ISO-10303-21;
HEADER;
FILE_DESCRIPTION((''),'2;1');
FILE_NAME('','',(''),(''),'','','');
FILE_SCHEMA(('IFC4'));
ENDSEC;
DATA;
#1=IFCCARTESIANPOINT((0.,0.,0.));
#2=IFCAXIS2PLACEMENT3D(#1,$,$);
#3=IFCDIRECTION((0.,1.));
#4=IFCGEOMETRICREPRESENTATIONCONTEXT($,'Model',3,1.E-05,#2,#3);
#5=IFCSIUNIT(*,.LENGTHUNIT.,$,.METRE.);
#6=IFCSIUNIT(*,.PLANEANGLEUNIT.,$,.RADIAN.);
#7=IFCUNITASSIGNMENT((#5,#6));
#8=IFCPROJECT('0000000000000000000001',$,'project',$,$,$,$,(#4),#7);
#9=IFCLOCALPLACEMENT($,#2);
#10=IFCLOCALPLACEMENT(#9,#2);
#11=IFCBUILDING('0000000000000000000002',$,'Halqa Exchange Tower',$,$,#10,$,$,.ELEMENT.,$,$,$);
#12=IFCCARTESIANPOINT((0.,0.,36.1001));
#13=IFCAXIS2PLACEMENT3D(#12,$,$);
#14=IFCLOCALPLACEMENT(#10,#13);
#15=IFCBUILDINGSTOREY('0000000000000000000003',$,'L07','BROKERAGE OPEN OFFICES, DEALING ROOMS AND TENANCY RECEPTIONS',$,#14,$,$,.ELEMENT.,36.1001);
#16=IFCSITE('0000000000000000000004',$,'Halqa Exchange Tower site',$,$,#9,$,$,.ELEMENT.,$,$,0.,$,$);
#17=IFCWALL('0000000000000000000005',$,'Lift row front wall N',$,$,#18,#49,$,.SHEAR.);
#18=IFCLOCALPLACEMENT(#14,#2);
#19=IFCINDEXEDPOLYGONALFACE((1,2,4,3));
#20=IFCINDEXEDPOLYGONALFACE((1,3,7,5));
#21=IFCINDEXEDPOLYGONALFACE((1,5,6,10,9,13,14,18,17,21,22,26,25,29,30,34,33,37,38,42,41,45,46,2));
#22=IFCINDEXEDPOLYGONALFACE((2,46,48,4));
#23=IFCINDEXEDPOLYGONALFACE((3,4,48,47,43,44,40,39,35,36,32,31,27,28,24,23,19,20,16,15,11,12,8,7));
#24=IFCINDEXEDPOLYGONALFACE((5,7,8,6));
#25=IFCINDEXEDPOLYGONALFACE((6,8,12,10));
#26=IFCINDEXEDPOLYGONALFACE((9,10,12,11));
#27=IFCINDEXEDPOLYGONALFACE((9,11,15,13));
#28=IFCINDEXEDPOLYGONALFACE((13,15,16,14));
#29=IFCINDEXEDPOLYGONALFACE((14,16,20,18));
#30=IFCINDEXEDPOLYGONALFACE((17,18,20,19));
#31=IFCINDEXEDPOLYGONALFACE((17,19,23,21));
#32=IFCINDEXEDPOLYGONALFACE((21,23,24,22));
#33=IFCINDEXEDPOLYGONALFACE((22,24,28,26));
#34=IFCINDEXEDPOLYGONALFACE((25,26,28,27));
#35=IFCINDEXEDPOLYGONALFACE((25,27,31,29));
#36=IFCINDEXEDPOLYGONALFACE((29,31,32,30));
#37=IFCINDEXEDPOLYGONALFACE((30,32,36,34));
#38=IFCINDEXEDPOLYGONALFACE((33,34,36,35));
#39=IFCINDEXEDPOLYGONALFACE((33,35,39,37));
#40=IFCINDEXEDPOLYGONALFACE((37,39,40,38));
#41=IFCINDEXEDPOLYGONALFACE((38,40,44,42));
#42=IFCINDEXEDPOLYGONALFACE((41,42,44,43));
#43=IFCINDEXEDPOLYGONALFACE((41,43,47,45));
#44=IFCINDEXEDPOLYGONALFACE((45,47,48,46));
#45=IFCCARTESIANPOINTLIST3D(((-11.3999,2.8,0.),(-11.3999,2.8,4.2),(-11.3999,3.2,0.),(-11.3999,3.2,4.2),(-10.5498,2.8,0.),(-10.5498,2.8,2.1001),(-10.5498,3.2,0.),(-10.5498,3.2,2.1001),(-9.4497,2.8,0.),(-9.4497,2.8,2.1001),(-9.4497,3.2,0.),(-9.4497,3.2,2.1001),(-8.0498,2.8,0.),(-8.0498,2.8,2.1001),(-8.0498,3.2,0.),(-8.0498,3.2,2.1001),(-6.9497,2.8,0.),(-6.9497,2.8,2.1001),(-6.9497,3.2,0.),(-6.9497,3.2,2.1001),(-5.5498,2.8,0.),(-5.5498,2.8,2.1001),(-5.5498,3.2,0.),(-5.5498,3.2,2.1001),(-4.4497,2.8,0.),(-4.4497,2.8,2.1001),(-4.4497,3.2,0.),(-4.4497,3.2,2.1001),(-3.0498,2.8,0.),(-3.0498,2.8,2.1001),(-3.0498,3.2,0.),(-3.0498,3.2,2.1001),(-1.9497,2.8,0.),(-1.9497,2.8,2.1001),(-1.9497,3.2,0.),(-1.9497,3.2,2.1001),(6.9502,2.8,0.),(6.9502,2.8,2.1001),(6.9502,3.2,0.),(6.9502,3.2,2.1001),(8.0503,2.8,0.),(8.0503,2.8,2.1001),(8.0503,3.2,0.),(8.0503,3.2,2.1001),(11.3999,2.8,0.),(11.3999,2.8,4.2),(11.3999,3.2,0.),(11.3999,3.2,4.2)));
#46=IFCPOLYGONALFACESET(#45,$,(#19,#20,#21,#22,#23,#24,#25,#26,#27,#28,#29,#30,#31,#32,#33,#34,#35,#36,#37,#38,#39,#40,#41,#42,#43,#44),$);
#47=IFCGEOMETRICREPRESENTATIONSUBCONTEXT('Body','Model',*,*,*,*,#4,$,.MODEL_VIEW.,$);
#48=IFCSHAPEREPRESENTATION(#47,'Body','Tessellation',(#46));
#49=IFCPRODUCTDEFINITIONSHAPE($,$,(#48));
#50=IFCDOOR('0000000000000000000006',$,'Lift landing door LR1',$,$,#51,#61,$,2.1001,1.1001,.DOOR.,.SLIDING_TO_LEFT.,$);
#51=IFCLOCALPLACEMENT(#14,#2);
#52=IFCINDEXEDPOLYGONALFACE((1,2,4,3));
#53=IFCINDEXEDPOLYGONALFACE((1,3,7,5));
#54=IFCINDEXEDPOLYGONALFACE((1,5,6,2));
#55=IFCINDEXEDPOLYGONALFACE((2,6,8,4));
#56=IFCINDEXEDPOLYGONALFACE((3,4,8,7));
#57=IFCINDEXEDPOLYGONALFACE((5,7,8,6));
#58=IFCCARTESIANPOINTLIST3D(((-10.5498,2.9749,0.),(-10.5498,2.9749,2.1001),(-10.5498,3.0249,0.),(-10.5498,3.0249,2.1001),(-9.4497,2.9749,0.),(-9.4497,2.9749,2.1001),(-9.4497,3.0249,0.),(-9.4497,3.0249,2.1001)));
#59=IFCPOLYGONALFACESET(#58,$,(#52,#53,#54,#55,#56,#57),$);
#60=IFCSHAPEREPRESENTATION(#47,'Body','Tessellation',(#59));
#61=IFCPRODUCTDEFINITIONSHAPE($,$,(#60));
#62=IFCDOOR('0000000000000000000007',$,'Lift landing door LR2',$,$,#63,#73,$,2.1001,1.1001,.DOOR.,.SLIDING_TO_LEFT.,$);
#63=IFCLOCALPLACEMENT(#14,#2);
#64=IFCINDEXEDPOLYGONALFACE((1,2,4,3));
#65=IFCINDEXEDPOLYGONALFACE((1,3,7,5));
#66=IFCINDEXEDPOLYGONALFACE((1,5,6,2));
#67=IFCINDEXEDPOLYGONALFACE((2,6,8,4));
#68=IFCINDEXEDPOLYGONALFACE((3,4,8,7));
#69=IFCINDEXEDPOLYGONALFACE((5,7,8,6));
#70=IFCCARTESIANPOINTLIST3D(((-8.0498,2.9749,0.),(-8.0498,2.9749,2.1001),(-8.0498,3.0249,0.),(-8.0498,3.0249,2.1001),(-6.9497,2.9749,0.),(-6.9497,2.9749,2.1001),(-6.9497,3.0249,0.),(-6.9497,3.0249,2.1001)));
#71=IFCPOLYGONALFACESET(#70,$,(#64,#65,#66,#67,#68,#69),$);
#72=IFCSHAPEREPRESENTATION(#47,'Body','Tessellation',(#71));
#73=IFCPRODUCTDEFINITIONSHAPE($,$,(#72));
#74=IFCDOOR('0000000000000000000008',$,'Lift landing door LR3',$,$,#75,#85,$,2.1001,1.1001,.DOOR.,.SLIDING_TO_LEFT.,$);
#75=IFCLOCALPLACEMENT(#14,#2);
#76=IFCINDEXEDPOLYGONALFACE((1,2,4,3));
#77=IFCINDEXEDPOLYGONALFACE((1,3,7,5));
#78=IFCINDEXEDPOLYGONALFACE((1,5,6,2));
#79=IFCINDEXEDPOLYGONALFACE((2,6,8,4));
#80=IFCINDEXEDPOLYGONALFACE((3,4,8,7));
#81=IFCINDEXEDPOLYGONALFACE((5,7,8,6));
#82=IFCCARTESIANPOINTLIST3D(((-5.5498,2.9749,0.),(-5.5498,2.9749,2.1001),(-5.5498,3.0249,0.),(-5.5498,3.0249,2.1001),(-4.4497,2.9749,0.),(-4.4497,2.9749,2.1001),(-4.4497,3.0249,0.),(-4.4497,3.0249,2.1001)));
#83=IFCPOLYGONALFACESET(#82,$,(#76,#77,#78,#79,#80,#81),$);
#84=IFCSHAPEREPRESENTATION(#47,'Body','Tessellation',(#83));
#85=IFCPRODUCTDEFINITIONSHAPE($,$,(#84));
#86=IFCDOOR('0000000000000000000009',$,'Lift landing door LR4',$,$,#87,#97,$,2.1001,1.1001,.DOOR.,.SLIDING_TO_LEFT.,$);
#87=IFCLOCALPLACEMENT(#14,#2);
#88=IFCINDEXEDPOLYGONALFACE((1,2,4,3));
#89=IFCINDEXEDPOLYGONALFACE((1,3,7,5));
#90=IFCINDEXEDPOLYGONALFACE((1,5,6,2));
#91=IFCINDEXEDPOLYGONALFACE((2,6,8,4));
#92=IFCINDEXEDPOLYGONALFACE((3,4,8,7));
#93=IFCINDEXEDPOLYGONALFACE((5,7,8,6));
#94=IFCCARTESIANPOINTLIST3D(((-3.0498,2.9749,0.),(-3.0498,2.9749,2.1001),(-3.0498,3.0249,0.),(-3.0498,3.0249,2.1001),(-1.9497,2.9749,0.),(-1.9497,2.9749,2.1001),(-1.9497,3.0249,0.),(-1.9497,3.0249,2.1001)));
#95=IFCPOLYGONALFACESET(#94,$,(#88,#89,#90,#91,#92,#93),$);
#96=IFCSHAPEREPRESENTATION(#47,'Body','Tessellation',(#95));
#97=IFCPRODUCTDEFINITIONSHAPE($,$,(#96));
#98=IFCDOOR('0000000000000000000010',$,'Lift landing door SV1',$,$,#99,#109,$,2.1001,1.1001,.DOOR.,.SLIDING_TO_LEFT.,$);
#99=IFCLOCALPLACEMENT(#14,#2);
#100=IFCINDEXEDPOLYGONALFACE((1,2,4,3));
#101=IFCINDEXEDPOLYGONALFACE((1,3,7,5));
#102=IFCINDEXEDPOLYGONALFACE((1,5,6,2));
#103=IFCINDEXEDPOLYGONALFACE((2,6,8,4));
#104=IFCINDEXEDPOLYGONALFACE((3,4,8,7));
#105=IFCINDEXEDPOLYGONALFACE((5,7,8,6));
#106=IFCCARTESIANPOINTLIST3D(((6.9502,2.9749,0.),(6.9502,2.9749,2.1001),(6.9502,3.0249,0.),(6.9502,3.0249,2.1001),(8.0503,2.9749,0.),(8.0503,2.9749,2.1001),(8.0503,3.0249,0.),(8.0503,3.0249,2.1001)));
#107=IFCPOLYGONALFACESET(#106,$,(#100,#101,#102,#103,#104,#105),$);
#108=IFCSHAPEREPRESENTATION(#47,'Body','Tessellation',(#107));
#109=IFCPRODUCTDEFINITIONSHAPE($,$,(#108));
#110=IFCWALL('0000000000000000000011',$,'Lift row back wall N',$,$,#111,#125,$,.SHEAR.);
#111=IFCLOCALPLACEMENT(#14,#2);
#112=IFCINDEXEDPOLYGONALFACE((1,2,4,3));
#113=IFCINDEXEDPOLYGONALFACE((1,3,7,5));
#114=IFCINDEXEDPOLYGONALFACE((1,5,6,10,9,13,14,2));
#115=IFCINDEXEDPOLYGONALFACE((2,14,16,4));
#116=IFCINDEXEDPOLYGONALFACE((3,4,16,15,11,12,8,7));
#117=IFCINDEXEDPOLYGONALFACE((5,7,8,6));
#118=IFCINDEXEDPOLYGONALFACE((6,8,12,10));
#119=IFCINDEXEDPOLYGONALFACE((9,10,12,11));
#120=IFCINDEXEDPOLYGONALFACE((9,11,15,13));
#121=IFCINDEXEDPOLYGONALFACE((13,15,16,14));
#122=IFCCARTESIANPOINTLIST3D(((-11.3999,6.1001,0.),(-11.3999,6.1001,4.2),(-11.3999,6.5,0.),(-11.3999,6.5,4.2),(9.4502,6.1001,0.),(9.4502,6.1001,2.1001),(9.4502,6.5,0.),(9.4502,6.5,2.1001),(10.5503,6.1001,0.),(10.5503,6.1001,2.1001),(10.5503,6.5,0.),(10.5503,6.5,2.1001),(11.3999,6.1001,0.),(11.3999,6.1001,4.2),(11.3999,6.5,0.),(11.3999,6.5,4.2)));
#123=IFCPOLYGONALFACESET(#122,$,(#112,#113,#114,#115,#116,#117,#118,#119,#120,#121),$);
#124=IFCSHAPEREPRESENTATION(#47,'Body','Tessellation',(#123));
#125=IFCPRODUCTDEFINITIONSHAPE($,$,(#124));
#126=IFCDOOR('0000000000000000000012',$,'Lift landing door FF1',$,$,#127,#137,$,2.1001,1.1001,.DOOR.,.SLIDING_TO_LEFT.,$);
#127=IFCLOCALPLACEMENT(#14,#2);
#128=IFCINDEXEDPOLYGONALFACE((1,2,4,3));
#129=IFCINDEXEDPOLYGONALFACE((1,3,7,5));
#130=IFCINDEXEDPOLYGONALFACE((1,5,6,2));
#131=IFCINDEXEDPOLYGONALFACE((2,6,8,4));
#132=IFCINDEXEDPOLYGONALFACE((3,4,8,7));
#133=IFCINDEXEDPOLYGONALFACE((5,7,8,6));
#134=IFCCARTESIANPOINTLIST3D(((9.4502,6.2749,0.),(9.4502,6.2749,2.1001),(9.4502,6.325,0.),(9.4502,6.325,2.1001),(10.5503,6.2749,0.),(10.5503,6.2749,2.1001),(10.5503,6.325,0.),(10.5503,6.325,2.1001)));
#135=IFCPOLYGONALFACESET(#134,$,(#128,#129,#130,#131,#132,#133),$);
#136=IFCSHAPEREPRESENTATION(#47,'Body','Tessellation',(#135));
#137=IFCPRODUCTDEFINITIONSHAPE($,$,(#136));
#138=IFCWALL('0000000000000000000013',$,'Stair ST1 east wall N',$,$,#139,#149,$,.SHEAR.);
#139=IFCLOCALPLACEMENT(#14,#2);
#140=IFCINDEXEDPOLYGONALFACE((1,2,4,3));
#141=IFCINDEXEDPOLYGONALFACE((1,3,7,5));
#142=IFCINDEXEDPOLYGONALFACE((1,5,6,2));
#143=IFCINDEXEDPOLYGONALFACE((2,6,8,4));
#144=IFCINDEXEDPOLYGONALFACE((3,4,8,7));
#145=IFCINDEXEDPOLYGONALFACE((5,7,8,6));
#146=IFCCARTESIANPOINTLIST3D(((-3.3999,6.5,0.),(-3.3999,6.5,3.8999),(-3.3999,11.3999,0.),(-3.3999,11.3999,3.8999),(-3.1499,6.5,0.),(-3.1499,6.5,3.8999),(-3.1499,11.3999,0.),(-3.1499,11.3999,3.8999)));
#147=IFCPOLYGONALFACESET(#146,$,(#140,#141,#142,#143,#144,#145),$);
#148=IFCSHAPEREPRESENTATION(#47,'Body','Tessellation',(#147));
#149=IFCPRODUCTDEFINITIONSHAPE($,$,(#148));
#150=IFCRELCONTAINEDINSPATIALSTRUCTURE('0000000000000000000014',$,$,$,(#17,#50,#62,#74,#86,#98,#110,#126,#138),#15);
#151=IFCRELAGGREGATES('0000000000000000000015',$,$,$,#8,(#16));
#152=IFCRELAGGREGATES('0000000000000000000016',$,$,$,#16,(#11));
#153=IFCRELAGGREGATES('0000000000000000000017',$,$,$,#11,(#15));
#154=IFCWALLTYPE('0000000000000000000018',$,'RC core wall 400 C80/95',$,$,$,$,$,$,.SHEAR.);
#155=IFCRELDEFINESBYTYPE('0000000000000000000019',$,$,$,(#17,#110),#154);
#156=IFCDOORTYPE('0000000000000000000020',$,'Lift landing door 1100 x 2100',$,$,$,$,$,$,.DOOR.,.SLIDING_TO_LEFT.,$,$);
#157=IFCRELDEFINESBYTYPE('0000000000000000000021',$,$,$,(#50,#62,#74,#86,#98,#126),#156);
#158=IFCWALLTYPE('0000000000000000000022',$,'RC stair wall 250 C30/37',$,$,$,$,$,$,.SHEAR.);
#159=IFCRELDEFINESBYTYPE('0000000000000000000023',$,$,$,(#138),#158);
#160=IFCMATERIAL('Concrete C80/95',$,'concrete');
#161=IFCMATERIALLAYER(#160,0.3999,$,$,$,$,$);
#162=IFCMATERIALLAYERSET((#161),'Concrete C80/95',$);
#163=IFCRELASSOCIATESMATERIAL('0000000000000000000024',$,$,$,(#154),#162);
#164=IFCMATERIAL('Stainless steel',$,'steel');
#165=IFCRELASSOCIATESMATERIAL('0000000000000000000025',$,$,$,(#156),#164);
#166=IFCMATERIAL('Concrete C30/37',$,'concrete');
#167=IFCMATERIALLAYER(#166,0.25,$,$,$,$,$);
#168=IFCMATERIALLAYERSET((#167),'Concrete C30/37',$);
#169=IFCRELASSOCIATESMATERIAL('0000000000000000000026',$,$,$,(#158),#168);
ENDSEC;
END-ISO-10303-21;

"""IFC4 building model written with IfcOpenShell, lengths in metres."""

from ifc_helpers import new_model, si_unit, direction, frame, frame_2d, origin, place, context, subcontext, project, spatial, rectangle, extrude, material, layer, layer_set, type_object, element, fill, save


model = new_model("IFC4")

# Units and contexts
model_context = context("Model", 3, precision=1e-05, world=origin(), true_north=direction((0.0, 1.0)))
body_context = subcontext(model_context, "Body", "Model", "MODEL_VIEW")
ifc_project = project(units=[si_unit("LENGTHUNIT", "METRE"), si_unit("PLANEANGLEUNIT", "RADIAN")], contexts=[model_context])

# Site, building, storey
site_placement = place(None, origin())
site = spatial("IfcSite", under=ifc_project, at=site_placement, Name="Halqa Exchange Tower site", CompositionType="ELEMENT", RefElevation=0.0)
building_placement = place(site_placement, origin())
building = spatial("IfcBuilding", under=site, at=building_placement, Name="Halqa Exchange Tower", CompositionType="ELEMENT")
storey_placement = place(building_placement, frame((0.0, 0.0, 36.1001)))
storey = spatial("IfcBuildingStorey", under=building, at=storey_placement, Name="L07", Description="BROKERAGE OPEN OFFICES, DEALING ROOMS AND TENANCY RECEPTIONS", CompositionType="ELEMENT", Elevation=36.1001)

# Wall, openings, doors
ifc_material_1 = material(Name="Concrete C80/95", Category="concrete")
ifc_layer_1 = layer(ifc_material_1, 0.3999)
ifc_layer_set_1 = layer_set([ifc_layer_1], Name="Concrete C80/95")
wall_type_1 = type_object("IfcWallType", Name="RC core wall 400 C80/95", PredefinedType="SHEAR", material=ifc_layer_set_1)
wall_1_placement = place(storey_placement, frame((-11.3999, 3.0, 0.0), z_axis=(0.0, 0.0, 1.0), x_axis=(1.0, 0.0, 0.0)))
wall_1 = element("IfcWall", 1, at=wall_1_placement, inside=storey, type_object=wall_type_1, Name="Lift row front wall N", PredefinedType="SHEAR", context=body_context, shape_type="SweptSolid", body=[
    extrude(rectangle(XDim=22.7998, YDim=0.3999, at=frame_2d((11.3999, 0.0))), origin(), (0.0, 0.0, 1.0), 4.2),
])
opening_1_placement = place(wall_1_placement, frame((0.8501, 0.0, 0.0)))
opening_1 = element("IfcOpeningElement", 2, at=opening_1_placement, cuts=wall_1, PredefinedType="OPENING", context=body_context, shape_type="SweptSolid", body=[
    extrude(rectangle(XDim=1.1001, YDim=2.1001, at=frame_2d((0.55, 1.05))), frame((0.0, 0.2119, 0.0), z_axis=(0.0, -1.0, 0.0), x_axis=(1.0, 0.0, 0.0)), (0.0, 0.0, 1.0), 0.4238),
])
opening_2_placement = place(wall_1_placement, frame((3.3501, 0.0, 0.0)))
opening_2 = element("IfcOpeningElement", 3, at=opening_2_placement, cuts=wall_1, PredefinedType="OPENING", context=body_context, shape_type="SweptSolid", body=[
    extrude(rectangle(XDim=1.1001, YDim=2.1001, at=frame_2d((0.55, 1.05))), frame((0.0, 0.2119, 0.0), z_axis=(0.0, -1.0, 0.0), x_axis=(1.0, 0.0, 0.0)), (0.0, 0.0, 1.0), 0.4238),
])
opening_3_placement = place(wall_1_placement, frame((5.8501, 0.0, 0.0)))
opening_3 = element("IfcOpeningElement", 4, at=opening_3_placement, cuts=wall_1, PredefinedType="OPENING", context=body_context, shape_type="SweptSolid", body=[
    extrude(rectangle(XDim=1.1001, YDim=2.1001, at=frame_2d((0.55, 1.05))), frame((0.0, 0.2119, 0.0), z_axis=(0.0, -1.0, 0.0), x_axis=(1.0, 0.0, 0.0)), (0.0, 0.0, 1.0), 0.4238),
])
opening_4_placement = place(wall_1_placement, frame((8.3501, 0.0, 0.0)))
opening_4 = element("IfcOpeningElement", 5, at=opening_4_placement, cuts=wall_1, PredefinedType="OPENING", context=body_context, shape_type="SweptSolid", body=[
    extrude(rectangle(XDim=1.1001, YDim=2.1001, at=frame_2d((0.55, 1.05))), frame((0.0, 0.2119, 0.0), z_axis=(0.0, -1.0, 0.0), x_axis=(1.0, 0.0, 0.0)), (0.0, 0.0, 1.0), 0.4238),
])
opening_5_placement = place(wall_1_placement, frame((18.3501, 0.0, 0.0)))
opening_5 = element("IfcOpeningElement", 6, at=opening_5_placement, cuts=wall_1, PredefinedType="OPENING", context=body_context, shape_type="SweptSolid", body=[
    extrude(rectangle(XDim=1.1001, YDim=2.1001, at=frame_2d((0.55, 1.05))), frame((0.0, 0.2119, 0.0), z_axis=(0.0, -1.0, 0.0), x_axis=(1.0, 0.0, 0.0)), (0.0, 0.0, 1.0), 0.4238),
])
ifc_material_2 = material(Name="Stainless steel", Category="steel")
door_type = type_object("IfcDoorType", Name="Lift landing door 1100 x 2100", OperationType="SLIDING_TO_LEFT", PredefinedType="DOOR", material=ifc_material_2)
door_1_placement = place(opening_1_placement, origin())
door_1 = element("IfcDoor", 7, at=door_1_placement, inside=storey, type_object=door_type, Name="Lift landing door LR1", OperationType="SLIDING_TO_LEFT", OverallHeight=2.1001, OverallWidth=1.1001, PredefinedType="DOOR", context=body_context, shape_type="SweptSolid", body=[
    extrude(rectangle(XDim=1.1001, YDim=2.1001, at=frame_2d((0.55, 1.05))), frame((0.0, 0.0249, 0.0), z_axis=(0.0, -1.0, 0.0), x_axis=(1.0, 0.0, 0.0)), (0.0, 0.0, 1.0), 0.05),
])
fill(opening_1, door_1)
door_2_placement = place(opening_2_placement, origin())
door_2 = element("IfcDoor", 8, at=door_2_placement, inside=storey, type_object=door_type, Name="Lift landing door LR2", OperationType="SLIDING_TO_LEFT", OverallHeight=2.1001, OverallWidth=1.1001, PredefinedType="DOOR", context=body_context, shape_type="SweptSolid", body=[
    extrude(rectangle(XDim=1.1001, YDim=2.1001, at=frame_2d((0.55, 1.05))), frame((0.0, 0.0249, 0.0), z_axis=(0.0, -1.0, 0.0), x_axis=(1.0, 0.0, 0.0)), (0.0, 0.0, 1.0), 0.05),
])
fill(opening_2, door_2)
door_3_placement = place(opening_3_placement, origin())
door_3 = element("IfcDoor", 9, at=door_3_placement, inside=storey, type_object=door_type, Name="Lift landing door LR3", OperationType="SLIDING_TO_LEFT", OverallHeight=2.1001, OverallWidth=1.1001, PredefinedType="DOOR", context=body_context, shape_type="SweptSolid", body=[
    extrude(rectangle(XDim=1.1001, YDim=2.1001, at=frame_2d((0.55, 1.05))), frame((0.0, 0.0249, 0.0), z_axis=(0.0, -1.0, 0.0), x_axis=(1.0, 0.0, 0.0)), (0.0, 0.0, 1.0), 0.05),
])
fill(opening_3, door_3)
door_4_placement = place(opening_4_placement, origin())
door_4 = element("IfcDoor", 10, at=door_4_placement, inside=storey, type_object=door_type, Name="Lift landing door LR4", OperationType="SLIDING_TO_LEFT", OverallHeight=2.1001, OverallWidth=1.1001, PredefinedType="DOOR", context=body_context, shape_type="SweptSolid", body=[
    extrude(rectangle(XDim=1.1001, YDim=2.1001, at=frame_2d((0.55, 1.05))), frame((0.0, 0.0249, 0.0), z_axis=(0.0, -1.0, 0.0), x_axis=(1.0, 0.0, 0.0)), (0.0, 0.0, 1.0), 0.05),
])
fill(opening_4, door_4)
door_5_placement = place(opening_5_placement, origin())
door_5 = element("IfcDoor", 11, at=door_5_placement, inside=storey, type_object=door_type, Name="Lift landing door SV1", OperationType="SLIDING_TO_LEFT", OverallHeight=2.1001, OverallWidth=1.1001, PredefinedType="DOOR", context=body_context, shape_type="SweptSolid", body=[
    extrude(rectangle(XDim=1.1001, YDim=2.1001, at=frame_2d((0.55, 1.05))), frame((0.0, 0.0249, 0.0), z_axis=(0.0, -1.0, 0.0), x_axis=(1.0, 0.0, 0.0)), (0.0, 0.0, 1.0), 0.05),
])
fill(opening_5, door_5)

# Wall, opening, door
wall_2_placement = place(storey_placement, frame((-11.3999, 6.3, 0.0), z_axis=(0.0, 0.0, 1.0), x_axis=(1.0, 0.0, 0.0)))
wall_2 = element("IfcWall", 12, at=wall_2_placement, inside=storey, type_object=wall_type_1, Name="Lift row back wall N", PredefinedType="SHEAR", context=body_context, shape_type="SweptSolid", body=[
    extrude(rectangle(XDim=22.7998, YDim=0.3999, at=frame_2d((11.3999, 0.0))), origin(), (0.0, 0.0, 1.0), 4.2),
])
opening_6_placement = place(wall_2_placement, frame((20.8501, 0.0, 0.0)))
opening_6 = element("IfcOpeningElement", 13, at=opening_6_placement, cuts=wall_2, PredefinedType="OPENING", context=body_context, shape_type="SweptSolid", body=[
    extrude(rectangle(XDim=1.1001, YDim=2.1001, at=frame_2d((0.55, 1.05))), frame((0.0, 0.2119, 0.0), z_axis=(0.0, -1.0, 0.0), x_axis=(1.0, 0.0, 0.0)), (0.0, 0.0, 1.0), 0.4238),
])
door_6_placement = place(opening_6_placement, origin())
door_6 = element("IfcDoor", 14, at=door_6_placement, inside=storey, type_object=door_type, Name="Lift landing door FF1", OperationType="SLIDING_TO_LEFT", OverallHeight=2.1001, OverallWidth=1.1001, PredefinedType="DOOR", context=body_context, shape_type="SweptSolid", body=[
    extrude(rectangle(XDim=1.1001, YDim=2.1001, at=frame_2d((0.55, 1.05))), frame((0.0, 0.0249, 0.0), z_axis=(0.0, -1.0, 0.0), x_axis=(1.0, 0.0, 0.0)), (0.0, 0.0, 1.0), 0.05),
])
fill(opening_6, door_6)

# Wall
ifc_material_3 = material(Name="Concrete C30/37", Category="concrete")
ifc_layer_2 = layer(ifc_material_3, 0.25)
ifc_layer_set_2 = layer_set([ifc_layer_2], Name="Concrete C30/37")
wall_type_2 = type_object("IfcWallType", Name="RC stair wall 250 C30/37", PredefinedType="SHEAR", material=ifc_layer_set_2)
wall_3_placement = place(storey_placement, frame((-3.2749, 6.5, 0.0), z_axis=(0.0, 0.0, 1.0), x_axis=(0.0, 1.0, 0.0)))
element("IfcWall", 15, at=wall_3_placement, inside=storey, type_object=wall_type_2, Name="Stair ST1 east wall N", PredefinedType="SHEAR", context=body_context, shape_type="SweptSolid", body=[
    extrude(rectangle(XDim=4.8999, YDim=0.25, at=frame_2d((2.45, 0.0))), origin(), (0.0, 0.0, 1.0), 3.8999),
])

save(model, "model.ifc")
